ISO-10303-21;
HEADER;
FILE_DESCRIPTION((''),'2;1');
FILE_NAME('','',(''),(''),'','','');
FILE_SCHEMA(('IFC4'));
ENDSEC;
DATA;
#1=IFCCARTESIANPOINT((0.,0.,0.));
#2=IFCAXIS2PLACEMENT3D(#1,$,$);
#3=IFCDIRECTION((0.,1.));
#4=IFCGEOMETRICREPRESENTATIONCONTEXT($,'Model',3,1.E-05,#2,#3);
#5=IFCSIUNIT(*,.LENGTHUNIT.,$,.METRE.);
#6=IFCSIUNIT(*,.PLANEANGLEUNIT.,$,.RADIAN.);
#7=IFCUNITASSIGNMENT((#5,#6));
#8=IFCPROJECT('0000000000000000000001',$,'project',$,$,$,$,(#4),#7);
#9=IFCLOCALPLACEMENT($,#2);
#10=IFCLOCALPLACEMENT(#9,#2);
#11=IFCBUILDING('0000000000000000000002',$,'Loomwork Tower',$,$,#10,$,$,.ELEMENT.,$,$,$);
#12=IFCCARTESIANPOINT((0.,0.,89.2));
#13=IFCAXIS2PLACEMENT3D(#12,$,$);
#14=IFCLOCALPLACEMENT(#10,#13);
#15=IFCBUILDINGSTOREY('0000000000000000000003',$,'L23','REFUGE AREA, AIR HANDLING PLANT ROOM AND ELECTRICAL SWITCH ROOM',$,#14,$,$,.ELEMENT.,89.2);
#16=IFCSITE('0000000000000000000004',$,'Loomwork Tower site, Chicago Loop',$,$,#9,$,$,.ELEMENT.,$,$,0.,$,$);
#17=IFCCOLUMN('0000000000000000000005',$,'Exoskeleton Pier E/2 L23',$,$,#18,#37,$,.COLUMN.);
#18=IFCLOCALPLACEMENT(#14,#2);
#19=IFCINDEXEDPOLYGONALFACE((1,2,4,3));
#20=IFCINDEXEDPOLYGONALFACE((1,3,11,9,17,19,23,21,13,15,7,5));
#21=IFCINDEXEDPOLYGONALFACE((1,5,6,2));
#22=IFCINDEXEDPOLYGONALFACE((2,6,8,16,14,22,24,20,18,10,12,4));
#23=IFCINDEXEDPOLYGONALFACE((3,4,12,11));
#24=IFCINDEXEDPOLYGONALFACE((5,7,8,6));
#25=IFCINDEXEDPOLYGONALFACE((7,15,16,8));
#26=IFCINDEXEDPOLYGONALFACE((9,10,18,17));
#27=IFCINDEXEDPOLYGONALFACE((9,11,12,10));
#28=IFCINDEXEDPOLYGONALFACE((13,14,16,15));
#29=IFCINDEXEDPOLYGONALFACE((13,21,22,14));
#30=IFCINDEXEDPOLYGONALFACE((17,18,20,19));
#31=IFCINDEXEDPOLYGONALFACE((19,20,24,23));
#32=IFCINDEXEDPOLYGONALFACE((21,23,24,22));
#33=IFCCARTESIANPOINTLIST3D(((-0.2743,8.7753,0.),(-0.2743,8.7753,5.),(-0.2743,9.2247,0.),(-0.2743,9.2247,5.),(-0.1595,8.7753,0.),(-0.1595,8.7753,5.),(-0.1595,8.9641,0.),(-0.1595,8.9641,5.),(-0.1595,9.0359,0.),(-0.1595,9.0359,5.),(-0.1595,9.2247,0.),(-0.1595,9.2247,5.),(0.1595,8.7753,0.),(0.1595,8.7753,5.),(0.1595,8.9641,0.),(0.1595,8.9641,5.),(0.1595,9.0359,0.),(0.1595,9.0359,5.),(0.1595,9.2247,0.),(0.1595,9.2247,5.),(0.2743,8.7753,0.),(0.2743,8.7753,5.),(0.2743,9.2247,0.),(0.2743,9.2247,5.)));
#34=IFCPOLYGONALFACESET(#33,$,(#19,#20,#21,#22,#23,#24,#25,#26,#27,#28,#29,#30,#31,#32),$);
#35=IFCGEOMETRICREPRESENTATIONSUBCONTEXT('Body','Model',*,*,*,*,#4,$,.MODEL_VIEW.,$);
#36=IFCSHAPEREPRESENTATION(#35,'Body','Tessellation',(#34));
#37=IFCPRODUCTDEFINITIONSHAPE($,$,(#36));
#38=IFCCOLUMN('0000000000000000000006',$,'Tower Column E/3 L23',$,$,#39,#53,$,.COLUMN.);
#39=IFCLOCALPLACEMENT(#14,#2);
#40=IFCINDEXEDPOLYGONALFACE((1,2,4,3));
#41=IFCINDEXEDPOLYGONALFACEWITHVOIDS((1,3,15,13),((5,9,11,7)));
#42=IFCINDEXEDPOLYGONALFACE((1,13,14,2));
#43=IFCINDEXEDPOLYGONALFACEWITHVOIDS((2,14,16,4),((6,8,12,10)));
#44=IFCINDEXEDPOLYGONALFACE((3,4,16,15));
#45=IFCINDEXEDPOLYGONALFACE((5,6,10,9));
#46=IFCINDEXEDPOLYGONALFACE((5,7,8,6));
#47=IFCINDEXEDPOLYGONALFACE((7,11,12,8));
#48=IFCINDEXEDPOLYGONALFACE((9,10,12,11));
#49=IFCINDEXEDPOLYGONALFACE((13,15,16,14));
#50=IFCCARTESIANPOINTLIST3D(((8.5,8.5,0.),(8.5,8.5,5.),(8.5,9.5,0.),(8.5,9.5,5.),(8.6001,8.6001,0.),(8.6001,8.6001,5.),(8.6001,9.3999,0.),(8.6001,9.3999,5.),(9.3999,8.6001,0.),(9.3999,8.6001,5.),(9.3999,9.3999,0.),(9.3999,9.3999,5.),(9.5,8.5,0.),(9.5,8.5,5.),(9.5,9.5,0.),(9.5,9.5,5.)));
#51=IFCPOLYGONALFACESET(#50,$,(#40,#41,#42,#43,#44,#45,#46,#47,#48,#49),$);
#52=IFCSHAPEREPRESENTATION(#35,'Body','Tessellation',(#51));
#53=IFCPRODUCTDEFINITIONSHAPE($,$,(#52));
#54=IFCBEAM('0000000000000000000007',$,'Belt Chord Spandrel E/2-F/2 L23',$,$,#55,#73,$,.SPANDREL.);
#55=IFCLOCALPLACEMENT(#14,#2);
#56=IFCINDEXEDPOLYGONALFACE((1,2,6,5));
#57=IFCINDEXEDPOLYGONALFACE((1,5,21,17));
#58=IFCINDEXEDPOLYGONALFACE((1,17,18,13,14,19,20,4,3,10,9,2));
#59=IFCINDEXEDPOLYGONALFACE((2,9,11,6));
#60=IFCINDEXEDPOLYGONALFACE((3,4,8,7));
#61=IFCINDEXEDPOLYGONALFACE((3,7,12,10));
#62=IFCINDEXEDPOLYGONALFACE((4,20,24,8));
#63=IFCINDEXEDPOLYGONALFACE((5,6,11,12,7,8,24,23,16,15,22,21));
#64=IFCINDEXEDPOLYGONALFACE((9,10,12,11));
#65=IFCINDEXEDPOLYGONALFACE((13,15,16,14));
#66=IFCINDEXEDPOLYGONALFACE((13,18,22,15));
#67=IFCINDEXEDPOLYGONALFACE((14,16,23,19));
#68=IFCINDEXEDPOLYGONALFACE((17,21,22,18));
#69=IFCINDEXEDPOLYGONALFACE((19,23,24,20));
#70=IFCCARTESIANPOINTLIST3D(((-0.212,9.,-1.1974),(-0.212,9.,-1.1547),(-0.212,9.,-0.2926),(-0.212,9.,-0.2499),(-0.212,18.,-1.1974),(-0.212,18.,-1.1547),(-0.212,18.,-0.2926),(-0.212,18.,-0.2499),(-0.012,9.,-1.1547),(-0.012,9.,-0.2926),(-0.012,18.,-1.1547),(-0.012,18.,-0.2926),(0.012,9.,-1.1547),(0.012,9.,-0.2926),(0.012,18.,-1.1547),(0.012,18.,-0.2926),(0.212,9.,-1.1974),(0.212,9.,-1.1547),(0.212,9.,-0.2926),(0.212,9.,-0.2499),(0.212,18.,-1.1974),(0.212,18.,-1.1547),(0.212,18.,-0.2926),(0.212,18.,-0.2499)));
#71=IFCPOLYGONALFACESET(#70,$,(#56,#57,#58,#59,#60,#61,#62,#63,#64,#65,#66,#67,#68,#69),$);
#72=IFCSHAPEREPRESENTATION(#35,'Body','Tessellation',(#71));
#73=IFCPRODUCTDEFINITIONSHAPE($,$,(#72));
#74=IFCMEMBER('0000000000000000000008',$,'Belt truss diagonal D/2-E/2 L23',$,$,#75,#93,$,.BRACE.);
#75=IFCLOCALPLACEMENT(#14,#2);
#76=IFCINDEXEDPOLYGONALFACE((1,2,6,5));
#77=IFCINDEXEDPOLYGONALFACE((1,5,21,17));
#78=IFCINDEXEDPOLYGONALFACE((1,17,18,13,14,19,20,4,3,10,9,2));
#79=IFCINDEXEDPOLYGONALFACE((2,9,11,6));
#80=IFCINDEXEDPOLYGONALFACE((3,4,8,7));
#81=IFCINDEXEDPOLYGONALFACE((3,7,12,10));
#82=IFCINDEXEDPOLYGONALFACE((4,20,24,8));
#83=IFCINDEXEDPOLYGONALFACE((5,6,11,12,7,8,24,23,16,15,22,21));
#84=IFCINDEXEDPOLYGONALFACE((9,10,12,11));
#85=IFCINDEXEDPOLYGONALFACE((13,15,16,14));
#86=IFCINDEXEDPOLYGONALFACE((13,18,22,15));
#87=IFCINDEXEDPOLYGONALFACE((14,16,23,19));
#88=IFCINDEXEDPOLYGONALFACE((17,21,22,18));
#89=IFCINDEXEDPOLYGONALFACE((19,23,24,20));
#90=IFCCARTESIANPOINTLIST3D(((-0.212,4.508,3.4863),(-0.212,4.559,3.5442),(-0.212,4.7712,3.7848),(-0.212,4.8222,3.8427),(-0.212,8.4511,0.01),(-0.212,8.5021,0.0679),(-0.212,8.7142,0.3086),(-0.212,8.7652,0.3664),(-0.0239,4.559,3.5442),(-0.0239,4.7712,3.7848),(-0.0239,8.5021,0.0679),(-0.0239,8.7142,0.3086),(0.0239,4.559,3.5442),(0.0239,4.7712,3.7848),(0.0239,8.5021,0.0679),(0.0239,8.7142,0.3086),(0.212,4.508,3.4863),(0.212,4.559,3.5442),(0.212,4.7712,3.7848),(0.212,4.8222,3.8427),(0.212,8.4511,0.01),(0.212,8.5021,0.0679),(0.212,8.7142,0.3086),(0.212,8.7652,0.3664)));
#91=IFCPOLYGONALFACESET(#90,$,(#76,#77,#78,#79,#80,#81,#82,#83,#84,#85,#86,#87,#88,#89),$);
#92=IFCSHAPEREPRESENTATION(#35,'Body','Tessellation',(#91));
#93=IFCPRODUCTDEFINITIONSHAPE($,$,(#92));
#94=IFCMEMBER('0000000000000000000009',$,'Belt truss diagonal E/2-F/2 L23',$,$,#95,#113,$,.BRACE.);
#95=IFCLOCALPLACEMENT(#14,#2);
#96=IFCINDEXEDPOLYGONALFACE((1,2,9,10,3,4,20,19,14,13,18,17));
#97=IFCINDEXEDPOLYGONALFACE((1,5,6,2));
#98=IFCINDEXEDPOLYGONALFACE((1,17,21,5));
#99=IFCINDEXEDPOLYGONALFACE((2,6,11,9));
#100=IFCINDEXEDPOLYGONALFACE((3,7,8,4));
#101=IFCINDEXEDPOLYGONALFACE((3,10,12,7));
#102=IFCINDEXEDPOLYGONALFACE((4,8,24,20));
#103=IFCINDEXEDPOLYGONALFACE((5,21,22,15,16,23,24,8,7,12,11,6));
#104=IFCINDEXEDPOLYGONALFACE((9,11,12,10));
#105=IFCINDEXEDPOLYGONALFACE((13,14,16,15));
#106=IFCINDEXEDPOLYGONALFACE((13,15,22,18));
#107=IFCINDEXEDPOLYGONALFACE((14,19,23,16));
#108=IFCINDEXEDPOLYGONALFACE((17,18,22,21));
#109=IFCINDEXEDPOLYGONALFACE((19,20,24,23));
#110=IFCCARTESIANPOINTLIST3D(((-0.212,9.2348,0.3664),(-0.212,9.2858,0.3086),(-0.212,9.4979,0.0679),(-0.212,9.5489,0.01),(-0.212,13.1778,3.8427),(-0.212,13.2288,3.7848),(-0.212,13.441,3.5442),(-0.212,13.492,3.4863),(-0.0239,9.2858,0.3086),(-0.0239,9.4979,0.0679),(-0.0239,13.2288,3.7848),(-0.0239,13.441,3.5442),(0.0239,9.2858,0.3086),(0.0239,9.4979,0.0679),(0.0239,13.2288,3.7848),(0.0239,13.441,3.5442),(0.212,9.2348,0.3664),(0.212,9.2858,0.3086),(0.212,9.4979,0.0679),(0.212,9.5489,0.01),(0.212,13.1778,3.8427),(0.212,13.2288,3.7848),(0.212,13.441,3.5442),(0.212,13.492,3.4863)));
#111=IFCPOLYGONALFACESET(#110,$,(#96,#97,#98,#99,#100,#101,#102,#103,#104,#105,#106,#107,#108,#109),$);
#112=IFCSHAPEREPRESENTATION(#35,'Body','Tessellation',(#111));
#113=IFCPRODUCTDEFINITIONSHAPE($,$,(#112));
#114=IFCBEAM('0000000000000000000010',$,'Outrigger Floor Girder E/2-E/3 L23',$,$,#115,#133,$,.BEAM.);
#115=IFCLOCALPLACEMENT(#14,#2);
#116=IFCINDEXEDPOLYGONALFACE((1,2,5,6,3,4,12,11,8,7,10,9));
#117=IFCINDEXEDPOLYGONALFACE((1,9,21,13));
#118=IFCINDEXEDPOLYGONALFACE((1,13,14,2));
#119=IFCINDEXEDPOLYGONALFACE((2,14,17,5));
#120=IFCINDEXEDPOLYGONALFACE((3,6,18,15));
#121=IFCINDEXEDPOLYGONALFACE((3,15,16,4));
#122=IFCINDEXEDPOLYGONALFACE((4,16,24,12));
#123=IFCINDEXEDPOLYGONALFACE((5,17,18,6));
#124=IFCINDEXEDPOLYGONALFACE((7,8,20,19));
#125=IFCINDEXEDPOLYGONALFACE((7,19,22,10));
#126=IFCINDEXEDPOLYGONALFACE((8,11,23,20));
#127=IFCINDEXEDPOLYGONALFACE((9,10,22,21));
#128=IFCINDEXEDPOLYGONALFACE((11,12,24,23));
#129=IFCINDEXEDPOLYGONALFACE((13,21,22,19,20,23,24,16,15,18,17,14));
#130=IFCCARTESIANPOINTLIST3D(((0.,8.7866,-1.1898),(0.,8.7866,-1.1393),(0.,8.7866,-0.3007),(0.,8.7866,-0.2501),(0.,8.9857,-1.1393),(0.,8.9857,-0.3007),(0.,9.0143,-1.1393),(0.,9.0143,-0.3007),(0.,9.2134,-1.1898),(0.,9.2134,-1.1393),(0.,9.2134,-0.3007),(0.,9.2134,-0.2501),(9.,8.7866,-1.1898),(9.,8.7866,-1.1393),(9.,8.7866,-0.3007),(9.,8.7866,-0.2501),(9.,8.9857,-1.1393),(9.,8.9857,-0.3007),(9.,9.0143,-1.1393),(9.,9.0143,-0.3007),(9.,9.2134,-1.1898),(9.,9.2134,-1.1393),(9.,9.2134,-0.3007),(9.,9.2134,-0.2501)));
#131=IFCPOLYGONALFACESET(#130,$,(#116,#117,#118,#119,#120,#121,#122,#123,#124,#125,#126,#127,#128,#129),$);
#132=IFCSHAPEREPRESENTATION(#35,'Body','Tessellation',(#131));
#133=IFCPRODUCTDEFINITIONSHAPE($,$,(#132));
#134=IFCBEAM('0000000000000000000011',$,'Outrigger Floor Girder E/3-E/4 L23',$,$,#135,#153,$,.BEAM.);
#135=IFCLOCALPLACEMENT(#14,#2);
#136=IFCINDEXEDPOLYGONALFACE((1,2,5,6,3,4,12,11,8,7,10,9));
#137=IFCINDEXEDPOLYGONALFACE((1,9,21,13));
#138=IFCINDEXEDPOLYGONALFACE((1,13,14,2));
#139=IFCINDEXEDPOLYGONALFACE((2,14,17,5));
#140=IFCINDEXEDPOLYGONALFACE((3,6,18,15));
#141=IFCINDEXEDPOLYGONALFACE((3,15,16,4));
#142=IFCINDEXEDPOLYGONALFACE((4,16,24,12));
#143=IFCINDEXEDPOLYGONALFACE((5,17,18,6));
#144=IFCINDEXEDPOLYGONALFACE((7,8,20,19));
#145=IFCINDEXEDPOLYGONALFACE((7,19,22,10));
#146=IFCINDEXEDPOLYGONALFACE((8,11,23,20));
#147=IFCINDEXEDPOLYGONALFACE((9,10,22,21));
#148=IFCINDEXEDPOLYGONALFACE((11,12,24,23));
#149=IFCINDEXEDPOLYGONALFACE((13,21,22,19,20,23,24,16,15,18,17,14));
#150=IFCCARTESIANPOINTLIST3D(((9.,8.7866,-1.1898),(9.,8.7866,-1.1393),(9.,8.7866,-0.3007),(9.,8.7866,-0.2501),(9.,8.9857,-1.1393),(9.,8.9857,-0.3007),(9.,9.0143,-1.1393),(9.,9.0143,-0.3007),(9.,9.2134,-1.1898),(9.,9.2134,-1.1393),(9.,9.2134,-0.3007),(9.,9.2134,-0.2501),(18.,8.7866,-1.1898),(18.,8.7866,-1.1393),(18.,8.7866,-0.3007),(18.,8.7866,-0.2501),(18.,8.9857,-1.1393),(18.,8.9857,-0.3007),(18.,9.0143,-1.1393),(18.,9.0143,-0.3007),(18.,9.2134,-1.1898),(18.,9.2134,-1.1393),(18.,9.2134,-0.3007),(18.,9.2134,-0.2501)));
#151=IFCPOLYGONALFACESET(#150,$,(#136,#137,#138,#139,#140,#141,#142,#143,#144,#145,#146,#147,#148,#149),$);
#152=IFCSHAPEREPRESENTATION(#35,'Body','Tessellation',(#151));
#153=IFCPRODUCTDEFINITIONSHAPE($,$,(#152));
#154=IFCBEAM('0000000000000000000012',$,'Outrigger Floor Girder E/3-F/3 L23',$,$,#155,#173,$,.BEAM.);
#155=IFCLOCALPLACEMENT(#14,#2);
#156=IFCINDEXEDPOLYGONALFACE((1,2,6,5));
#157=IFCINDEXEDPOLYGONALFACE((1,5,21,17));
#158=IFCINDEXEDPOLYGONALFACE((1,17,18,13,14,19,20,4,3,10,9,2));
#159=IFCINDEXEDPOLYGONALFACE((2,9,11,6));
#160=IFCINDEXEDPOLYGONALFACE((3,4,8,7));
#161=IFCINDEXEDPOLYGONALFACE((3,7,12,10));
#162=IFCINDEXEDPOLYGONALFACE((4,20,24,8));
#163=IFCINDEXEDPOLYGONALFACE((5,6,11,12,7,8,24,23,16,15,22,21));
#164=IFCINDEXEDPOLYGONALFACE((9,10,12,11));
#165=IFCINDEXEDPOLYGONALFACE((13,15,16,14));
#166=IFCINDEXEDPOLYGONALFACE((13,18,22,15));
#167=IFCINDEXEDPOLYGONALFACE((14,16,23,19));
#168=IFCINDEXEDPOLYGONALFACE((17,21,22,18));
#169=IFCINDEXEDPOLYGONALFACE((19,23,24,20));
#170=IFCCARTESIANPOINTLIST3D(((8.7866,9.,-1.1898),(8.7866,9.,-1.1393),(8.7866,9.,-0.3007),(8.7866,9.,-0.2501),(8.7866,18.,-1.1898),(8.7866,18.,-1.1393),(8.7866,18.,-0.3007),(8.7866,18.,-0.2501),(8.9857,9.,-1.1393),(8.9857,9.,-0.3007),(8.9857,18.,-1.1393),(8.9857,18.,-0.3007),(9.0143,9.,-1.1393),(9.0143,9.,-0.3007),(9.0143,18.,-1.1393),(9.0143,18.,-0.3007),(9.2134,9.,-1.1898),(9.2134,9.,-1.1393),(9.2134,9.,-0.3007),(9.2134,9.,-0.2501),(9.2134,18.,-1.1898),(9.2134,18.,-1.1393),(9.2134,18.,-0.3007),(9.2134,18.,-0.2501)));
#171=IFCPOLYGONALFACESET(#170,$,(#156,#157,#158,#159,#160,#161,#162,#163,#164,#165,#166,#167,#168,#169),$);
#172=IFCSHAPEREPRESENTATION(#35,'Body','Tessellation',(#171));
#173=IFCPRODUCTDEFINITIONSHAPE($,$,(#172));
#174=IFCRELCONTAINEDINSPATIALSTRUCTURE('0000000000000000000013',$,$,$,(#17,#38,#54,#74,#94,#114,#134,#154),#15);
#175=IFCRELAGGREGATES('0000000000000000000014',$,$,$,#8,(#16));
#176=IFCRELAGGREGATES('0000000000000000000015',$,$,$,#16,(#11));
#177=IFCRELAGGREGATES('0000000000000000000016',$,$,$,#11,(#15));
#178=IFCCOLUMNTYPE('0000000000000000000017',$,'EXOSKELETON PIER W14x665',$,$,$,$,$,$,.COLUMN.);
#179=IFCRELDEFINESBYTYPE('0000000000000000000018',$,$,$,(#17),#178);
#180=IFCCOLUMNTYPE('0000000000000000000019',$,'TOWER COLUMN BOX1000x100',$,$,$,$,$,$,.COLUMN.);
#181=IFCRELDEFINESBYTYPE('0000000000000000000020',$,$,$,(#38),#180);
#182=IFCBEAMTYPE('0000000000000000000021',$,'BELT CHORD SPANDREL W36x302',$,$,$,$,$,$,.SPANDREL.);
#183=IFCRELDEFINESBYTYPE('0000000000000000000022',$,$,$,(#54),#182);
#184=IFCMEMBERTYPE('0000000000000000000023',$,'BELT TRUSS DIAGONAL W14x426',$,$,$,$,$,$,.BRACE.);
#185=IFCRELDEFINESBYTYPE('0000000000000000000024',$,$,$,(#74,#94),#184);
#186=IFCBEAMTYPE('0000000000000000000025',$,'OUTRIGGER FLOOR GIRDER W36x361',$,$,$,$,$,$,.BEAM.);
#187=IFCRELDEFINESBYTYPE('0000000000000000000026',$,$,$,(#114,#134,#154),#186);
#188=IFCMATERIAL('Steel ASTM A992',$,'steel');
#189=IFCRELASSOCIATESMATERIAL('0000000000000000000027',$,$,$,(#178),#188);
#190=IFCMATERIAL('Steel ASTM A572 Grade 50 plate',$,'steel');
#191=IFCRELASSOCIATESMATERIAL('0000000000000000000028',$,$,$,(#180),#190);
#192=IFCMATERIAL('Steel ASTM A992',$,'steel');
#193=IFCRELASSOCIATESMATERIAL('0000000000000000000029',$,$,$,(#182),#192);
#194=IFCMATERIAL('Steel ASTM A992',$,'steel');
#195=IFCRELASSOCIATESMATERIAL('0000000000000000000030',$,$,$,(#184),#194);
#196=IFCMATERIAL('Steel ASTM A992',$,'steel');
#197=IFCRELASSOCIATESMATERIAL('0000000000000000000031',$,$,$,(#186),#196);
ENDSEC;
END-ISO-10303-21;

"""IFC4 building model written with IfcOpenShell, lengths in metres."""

from ifc_helpers import new_model, si_unit, direction, frame, origin, origin_2d, place, context, subcontext, project, spatial, hollow_rectangle, i_section, extrude, material, material_profile, profile_set, type_object, element, save


model = new_model("IFC4")

# Units and contexts
model_context = context("Model", 3, precision=1e-05, world=origin(), true_north=direction((0.0, 1.0)))
body_context = subcontext(model_context, "Body", "Model", "MODEL_VIEW")
ifc_project = project(units=[si_unit("LENGTHUNIT", "METRE"), si_unit("PLANEANGLEUNIT", "RADIAN")], contexts=[model_context])

# Site, building, storey
site_placement = place(None, origin())
site = spatial("IfcSite", under=ifc_project, at=site_placement, Name="Loomwork Tower site, Chicago Loop", CompositionType="ELEMENT", RefElevation=0.0)
building_placement = place(site_placement, origin())
building = spatial("IfcBuilding", under=site, at=building_placement, Name="Loomwork Tower", CompositionType="ELEMENT")
storey_placement = place(building_placement, frame((0.0, 0.0, 89.2)))
storey = spatial("IfcBuildingStorey", under=building, at=storey_placement, Name="L23", Description="REFUGE AREA, AIR HANDLING PLANT ROOM AND ELECTRICAL SWITCH ROOM", CompositionType="ELEMENT", Elevation=89.2)

# Columns
ifc_material_1 = material(Name="Steel ASTM A992", Category="steel")
ifc_material_profile_1 = material_profile(ifc_material_1, i_section(OverallWidth=0.4495, OverallDepth=0.5486, WebThickness=0.0718, FlangeThickness=0.1147, at=origin_2d()), Name="W14x665")
ifc_profile_set_1 = profile_set([ifc_material_profile_1], Name="Steel ASTM A992")
column_type_1 = type_object("IfcColumnType", Name="EXOSKELETON PIER W14x665", PredefinedType="COLUMN", material=ifc_profile_set_1)
column_1_placement = place(storey_placement, frame((0.0, 9.0, 0.0), z_axis=(0.0, 0.0, 1.0), x_axis=(0.0, 1.0, 0.0)))
element("IfcColumn", 1, at=column_1_placement, inside=storey, type_object=column_type_1, Name="Exoskeleton Pier E/2 L23", PredefinedType="COLUMN", context=body_context, shape_type="SweptSolid", body=[
    extrude(i_section(OverallWidth=0.4495, OverallDepth=0.5486, WebThickness=0.0718, FlangeThickness=0.1147, at=origin_2d()), origin(), (0.0, 0.0, 1.0), 5.0),
])
ifc_material_2 = material(Name="Steel ASTM A572 Grade 50 plate", Category="steel")
ifc_material_profile_2 = material_profile(ifc_material_2, hollow_rectangle(XDim=1.0, YDim=1.0, WallThickness=0.1001, at=origin_2d()), Name="BOX1000x100")
ifc_profile_set_2 = profile_set([ifc_material_profile_2], Name="Steel ASTM A572 Grade 50 plate")
column_type_2 = type_object("IfcColumnType", Name="TOWER COLUMN BOX1000x100", PredefinedType="COLUMN", material=ifc_profile_set_2)
column_2_placement = place(storey_placement, frame((9.0, 9.0, 0.0), z_axis=(0.0, 0.0, 1.0), x_axis=(1.0, 0.0, 0.0)))
element("IfcColumn", 2, at=column_2_placement, inside=storey, type_object=column_type_2, Name="Tower Column E/3 L23", PredefinedType="COLUMN", context=body_context, shape_type="SweptSolid", body=[
    extrude(hollow_rectangle(XDim=1.0, YDim=1.0, WallThickness=0.1001, at=origin_2d()), origin(), (0.0, 0.0, 1.0), 5.0),
])

# Beam
ifc_material_3 = material(Name="Steel ASTM A992", Category="steel")
ifc_material_profile_3 = material_profile(ifc_material_3, i_section(OverallWidth=0.4241, OverallDepth=0.9475, WebThickness=0.0239, FlangeThickness=0.0427, at=origin_2d()), Name="W36x302")
ifc_profile_set_3 = profile_set([ifc_material_profile_3], Name="Steel ASTM A992")
beam_type_1 = type_object("IfcBeamType", Name="BELT CHORD SPANDREL W36x302", PredefinedType="SPANDREL", material=ifc_profile_set_3)
beam_placement = place(storey_placement, frame((0.0, 9.0, -0.7236), z_axis=(0.0, 1.0, 0.0), x_axis=(-1.0, 0.0, 0.0)))
element("IfcBeam", 3, at=beam_placement, inside=storey, type_object=beam_type_1, Name="Belt Chord Spandrel E/2-F/2 L23", PredefinedType="SPANDREL", context=body_context, shape_type="SweptSolid", body=[
    extrude(i_section(OverallWidth=0.4241, OverallDepth=0.9475, WebThickness=0.0239, FlangeThickness=0.0427, at=origin_2d()), origin(), (0.0, 0.0, 1.0), 9.0),
])

# Members
ifc_material_4 = material(Name="Steel ASTM A992", Category="steel")
ifc_material_profile_4 = material_profile(ifc_material_4, i_section(OverallWidth=0.4241, OverallDepth=0.4751, WebThickness=0.0479, FlangeThickness=0.0771, at=origin_2d()), Name="W14x426")
ifc_profile_set_4 = profile_set([ifc_material_profile_4], Name="Steel ASTM A992")
member_type_1 = type_object("IfcMemberType", Name="BELT TRUSS DIAGONAL W14x426", PredefinedType="BRACE", material=ifc_profile_set_4)
for number, where, z_axis, x_axis, name in (
    (4, (0.0, 8.6082, 0.1882), (0.0, -0.750112, 0.661311), (1.0, 0.0, 0.0), "Belt truss diagonal D/2-E/2 L23"),
    (5, (0.0, 9.3918, 0.1882), (0.0, 0.750112, 0.661311), (-1.0, 0.0, 0.0), "Belt truss diagonal E/2-F/2 L23"),
):
    element("IfcMember", number, at=place(storey_placement, frame(where, z_axis=z_axis, x_axis=x_axis)), inside=storey, type_object=member_type_1, Name=name, PredefinedType="BRACE", context=body_context, shape_type="SweptSolid", body=[
        extrude(i_section(OverallWidth=0.4241, OverallDepth=0.4751, WebThickness=0.0479, FlangeThickness=0.0771, at=origin_2d()), origin(), (0.0, 0.0, 1.0), 5.2566),
    ])

# Beams
ifc_material_5 = material(Name="Steel ASTM A992", Category="steel")
ifc_material_profile_5 = material_profile(ifc_material_5, i_section(OverallWidth=0.4268, OverallDepth=0.9397, WebThickness=0.0286, FlangeThickness=0.0505, at=origin_2d()), Name="W36x361")
ifc_profile_set_5 = profile_set([ifc_material_profile_5], Name="Steel ASTM A992")
beam_type_2 = type_object("IfcBeamType", Name="OUTRIGGER FLOOR GIRDER W36x361", PredefinedType="BEAM", material=ifc_profile_set_5)
for number, where, z_axis, x_axis, name in (
    (6, (0.0, 9.0, -0.72), (1.0, 0.0, 0.0), (0.0, 1.0, 0.0), "Outrigger Floor Girder E/2-E/3 L23"),
    (7, (9.0, 9.0, -0.72), (1.0, 0.0, 0.0), (0.0, 1.0, 0.0), "Outrigger Floor Girder E/3-E/4 L23"),
    (8, (9.0, 9.0, -0.72), (0.0, 1.0, 0.0), (-1.0, 0.0, 0.0), "Outrigger Floor Girder E/3-F/3 L23"),
):
    element("IfcBeam", number, at=place(storey_placement, frame(where, z_axis=z_axis, x_axis=x_axis)), inside=storey, type_object=beam_type_2, Name=name, PredefinedType="BEAM", context=body_context, shape_type="SweptSolid", body=[
        extrude(i_section(OverallWidth=0.4268, OverallDepth=0.9397, WebThickness=0.0286, FlangeThickness=0.0505, at=origin_2d()), origin(), (0.0, 0.0, 1.0), 9.0),
    ])

save(model, "model.ifc")
